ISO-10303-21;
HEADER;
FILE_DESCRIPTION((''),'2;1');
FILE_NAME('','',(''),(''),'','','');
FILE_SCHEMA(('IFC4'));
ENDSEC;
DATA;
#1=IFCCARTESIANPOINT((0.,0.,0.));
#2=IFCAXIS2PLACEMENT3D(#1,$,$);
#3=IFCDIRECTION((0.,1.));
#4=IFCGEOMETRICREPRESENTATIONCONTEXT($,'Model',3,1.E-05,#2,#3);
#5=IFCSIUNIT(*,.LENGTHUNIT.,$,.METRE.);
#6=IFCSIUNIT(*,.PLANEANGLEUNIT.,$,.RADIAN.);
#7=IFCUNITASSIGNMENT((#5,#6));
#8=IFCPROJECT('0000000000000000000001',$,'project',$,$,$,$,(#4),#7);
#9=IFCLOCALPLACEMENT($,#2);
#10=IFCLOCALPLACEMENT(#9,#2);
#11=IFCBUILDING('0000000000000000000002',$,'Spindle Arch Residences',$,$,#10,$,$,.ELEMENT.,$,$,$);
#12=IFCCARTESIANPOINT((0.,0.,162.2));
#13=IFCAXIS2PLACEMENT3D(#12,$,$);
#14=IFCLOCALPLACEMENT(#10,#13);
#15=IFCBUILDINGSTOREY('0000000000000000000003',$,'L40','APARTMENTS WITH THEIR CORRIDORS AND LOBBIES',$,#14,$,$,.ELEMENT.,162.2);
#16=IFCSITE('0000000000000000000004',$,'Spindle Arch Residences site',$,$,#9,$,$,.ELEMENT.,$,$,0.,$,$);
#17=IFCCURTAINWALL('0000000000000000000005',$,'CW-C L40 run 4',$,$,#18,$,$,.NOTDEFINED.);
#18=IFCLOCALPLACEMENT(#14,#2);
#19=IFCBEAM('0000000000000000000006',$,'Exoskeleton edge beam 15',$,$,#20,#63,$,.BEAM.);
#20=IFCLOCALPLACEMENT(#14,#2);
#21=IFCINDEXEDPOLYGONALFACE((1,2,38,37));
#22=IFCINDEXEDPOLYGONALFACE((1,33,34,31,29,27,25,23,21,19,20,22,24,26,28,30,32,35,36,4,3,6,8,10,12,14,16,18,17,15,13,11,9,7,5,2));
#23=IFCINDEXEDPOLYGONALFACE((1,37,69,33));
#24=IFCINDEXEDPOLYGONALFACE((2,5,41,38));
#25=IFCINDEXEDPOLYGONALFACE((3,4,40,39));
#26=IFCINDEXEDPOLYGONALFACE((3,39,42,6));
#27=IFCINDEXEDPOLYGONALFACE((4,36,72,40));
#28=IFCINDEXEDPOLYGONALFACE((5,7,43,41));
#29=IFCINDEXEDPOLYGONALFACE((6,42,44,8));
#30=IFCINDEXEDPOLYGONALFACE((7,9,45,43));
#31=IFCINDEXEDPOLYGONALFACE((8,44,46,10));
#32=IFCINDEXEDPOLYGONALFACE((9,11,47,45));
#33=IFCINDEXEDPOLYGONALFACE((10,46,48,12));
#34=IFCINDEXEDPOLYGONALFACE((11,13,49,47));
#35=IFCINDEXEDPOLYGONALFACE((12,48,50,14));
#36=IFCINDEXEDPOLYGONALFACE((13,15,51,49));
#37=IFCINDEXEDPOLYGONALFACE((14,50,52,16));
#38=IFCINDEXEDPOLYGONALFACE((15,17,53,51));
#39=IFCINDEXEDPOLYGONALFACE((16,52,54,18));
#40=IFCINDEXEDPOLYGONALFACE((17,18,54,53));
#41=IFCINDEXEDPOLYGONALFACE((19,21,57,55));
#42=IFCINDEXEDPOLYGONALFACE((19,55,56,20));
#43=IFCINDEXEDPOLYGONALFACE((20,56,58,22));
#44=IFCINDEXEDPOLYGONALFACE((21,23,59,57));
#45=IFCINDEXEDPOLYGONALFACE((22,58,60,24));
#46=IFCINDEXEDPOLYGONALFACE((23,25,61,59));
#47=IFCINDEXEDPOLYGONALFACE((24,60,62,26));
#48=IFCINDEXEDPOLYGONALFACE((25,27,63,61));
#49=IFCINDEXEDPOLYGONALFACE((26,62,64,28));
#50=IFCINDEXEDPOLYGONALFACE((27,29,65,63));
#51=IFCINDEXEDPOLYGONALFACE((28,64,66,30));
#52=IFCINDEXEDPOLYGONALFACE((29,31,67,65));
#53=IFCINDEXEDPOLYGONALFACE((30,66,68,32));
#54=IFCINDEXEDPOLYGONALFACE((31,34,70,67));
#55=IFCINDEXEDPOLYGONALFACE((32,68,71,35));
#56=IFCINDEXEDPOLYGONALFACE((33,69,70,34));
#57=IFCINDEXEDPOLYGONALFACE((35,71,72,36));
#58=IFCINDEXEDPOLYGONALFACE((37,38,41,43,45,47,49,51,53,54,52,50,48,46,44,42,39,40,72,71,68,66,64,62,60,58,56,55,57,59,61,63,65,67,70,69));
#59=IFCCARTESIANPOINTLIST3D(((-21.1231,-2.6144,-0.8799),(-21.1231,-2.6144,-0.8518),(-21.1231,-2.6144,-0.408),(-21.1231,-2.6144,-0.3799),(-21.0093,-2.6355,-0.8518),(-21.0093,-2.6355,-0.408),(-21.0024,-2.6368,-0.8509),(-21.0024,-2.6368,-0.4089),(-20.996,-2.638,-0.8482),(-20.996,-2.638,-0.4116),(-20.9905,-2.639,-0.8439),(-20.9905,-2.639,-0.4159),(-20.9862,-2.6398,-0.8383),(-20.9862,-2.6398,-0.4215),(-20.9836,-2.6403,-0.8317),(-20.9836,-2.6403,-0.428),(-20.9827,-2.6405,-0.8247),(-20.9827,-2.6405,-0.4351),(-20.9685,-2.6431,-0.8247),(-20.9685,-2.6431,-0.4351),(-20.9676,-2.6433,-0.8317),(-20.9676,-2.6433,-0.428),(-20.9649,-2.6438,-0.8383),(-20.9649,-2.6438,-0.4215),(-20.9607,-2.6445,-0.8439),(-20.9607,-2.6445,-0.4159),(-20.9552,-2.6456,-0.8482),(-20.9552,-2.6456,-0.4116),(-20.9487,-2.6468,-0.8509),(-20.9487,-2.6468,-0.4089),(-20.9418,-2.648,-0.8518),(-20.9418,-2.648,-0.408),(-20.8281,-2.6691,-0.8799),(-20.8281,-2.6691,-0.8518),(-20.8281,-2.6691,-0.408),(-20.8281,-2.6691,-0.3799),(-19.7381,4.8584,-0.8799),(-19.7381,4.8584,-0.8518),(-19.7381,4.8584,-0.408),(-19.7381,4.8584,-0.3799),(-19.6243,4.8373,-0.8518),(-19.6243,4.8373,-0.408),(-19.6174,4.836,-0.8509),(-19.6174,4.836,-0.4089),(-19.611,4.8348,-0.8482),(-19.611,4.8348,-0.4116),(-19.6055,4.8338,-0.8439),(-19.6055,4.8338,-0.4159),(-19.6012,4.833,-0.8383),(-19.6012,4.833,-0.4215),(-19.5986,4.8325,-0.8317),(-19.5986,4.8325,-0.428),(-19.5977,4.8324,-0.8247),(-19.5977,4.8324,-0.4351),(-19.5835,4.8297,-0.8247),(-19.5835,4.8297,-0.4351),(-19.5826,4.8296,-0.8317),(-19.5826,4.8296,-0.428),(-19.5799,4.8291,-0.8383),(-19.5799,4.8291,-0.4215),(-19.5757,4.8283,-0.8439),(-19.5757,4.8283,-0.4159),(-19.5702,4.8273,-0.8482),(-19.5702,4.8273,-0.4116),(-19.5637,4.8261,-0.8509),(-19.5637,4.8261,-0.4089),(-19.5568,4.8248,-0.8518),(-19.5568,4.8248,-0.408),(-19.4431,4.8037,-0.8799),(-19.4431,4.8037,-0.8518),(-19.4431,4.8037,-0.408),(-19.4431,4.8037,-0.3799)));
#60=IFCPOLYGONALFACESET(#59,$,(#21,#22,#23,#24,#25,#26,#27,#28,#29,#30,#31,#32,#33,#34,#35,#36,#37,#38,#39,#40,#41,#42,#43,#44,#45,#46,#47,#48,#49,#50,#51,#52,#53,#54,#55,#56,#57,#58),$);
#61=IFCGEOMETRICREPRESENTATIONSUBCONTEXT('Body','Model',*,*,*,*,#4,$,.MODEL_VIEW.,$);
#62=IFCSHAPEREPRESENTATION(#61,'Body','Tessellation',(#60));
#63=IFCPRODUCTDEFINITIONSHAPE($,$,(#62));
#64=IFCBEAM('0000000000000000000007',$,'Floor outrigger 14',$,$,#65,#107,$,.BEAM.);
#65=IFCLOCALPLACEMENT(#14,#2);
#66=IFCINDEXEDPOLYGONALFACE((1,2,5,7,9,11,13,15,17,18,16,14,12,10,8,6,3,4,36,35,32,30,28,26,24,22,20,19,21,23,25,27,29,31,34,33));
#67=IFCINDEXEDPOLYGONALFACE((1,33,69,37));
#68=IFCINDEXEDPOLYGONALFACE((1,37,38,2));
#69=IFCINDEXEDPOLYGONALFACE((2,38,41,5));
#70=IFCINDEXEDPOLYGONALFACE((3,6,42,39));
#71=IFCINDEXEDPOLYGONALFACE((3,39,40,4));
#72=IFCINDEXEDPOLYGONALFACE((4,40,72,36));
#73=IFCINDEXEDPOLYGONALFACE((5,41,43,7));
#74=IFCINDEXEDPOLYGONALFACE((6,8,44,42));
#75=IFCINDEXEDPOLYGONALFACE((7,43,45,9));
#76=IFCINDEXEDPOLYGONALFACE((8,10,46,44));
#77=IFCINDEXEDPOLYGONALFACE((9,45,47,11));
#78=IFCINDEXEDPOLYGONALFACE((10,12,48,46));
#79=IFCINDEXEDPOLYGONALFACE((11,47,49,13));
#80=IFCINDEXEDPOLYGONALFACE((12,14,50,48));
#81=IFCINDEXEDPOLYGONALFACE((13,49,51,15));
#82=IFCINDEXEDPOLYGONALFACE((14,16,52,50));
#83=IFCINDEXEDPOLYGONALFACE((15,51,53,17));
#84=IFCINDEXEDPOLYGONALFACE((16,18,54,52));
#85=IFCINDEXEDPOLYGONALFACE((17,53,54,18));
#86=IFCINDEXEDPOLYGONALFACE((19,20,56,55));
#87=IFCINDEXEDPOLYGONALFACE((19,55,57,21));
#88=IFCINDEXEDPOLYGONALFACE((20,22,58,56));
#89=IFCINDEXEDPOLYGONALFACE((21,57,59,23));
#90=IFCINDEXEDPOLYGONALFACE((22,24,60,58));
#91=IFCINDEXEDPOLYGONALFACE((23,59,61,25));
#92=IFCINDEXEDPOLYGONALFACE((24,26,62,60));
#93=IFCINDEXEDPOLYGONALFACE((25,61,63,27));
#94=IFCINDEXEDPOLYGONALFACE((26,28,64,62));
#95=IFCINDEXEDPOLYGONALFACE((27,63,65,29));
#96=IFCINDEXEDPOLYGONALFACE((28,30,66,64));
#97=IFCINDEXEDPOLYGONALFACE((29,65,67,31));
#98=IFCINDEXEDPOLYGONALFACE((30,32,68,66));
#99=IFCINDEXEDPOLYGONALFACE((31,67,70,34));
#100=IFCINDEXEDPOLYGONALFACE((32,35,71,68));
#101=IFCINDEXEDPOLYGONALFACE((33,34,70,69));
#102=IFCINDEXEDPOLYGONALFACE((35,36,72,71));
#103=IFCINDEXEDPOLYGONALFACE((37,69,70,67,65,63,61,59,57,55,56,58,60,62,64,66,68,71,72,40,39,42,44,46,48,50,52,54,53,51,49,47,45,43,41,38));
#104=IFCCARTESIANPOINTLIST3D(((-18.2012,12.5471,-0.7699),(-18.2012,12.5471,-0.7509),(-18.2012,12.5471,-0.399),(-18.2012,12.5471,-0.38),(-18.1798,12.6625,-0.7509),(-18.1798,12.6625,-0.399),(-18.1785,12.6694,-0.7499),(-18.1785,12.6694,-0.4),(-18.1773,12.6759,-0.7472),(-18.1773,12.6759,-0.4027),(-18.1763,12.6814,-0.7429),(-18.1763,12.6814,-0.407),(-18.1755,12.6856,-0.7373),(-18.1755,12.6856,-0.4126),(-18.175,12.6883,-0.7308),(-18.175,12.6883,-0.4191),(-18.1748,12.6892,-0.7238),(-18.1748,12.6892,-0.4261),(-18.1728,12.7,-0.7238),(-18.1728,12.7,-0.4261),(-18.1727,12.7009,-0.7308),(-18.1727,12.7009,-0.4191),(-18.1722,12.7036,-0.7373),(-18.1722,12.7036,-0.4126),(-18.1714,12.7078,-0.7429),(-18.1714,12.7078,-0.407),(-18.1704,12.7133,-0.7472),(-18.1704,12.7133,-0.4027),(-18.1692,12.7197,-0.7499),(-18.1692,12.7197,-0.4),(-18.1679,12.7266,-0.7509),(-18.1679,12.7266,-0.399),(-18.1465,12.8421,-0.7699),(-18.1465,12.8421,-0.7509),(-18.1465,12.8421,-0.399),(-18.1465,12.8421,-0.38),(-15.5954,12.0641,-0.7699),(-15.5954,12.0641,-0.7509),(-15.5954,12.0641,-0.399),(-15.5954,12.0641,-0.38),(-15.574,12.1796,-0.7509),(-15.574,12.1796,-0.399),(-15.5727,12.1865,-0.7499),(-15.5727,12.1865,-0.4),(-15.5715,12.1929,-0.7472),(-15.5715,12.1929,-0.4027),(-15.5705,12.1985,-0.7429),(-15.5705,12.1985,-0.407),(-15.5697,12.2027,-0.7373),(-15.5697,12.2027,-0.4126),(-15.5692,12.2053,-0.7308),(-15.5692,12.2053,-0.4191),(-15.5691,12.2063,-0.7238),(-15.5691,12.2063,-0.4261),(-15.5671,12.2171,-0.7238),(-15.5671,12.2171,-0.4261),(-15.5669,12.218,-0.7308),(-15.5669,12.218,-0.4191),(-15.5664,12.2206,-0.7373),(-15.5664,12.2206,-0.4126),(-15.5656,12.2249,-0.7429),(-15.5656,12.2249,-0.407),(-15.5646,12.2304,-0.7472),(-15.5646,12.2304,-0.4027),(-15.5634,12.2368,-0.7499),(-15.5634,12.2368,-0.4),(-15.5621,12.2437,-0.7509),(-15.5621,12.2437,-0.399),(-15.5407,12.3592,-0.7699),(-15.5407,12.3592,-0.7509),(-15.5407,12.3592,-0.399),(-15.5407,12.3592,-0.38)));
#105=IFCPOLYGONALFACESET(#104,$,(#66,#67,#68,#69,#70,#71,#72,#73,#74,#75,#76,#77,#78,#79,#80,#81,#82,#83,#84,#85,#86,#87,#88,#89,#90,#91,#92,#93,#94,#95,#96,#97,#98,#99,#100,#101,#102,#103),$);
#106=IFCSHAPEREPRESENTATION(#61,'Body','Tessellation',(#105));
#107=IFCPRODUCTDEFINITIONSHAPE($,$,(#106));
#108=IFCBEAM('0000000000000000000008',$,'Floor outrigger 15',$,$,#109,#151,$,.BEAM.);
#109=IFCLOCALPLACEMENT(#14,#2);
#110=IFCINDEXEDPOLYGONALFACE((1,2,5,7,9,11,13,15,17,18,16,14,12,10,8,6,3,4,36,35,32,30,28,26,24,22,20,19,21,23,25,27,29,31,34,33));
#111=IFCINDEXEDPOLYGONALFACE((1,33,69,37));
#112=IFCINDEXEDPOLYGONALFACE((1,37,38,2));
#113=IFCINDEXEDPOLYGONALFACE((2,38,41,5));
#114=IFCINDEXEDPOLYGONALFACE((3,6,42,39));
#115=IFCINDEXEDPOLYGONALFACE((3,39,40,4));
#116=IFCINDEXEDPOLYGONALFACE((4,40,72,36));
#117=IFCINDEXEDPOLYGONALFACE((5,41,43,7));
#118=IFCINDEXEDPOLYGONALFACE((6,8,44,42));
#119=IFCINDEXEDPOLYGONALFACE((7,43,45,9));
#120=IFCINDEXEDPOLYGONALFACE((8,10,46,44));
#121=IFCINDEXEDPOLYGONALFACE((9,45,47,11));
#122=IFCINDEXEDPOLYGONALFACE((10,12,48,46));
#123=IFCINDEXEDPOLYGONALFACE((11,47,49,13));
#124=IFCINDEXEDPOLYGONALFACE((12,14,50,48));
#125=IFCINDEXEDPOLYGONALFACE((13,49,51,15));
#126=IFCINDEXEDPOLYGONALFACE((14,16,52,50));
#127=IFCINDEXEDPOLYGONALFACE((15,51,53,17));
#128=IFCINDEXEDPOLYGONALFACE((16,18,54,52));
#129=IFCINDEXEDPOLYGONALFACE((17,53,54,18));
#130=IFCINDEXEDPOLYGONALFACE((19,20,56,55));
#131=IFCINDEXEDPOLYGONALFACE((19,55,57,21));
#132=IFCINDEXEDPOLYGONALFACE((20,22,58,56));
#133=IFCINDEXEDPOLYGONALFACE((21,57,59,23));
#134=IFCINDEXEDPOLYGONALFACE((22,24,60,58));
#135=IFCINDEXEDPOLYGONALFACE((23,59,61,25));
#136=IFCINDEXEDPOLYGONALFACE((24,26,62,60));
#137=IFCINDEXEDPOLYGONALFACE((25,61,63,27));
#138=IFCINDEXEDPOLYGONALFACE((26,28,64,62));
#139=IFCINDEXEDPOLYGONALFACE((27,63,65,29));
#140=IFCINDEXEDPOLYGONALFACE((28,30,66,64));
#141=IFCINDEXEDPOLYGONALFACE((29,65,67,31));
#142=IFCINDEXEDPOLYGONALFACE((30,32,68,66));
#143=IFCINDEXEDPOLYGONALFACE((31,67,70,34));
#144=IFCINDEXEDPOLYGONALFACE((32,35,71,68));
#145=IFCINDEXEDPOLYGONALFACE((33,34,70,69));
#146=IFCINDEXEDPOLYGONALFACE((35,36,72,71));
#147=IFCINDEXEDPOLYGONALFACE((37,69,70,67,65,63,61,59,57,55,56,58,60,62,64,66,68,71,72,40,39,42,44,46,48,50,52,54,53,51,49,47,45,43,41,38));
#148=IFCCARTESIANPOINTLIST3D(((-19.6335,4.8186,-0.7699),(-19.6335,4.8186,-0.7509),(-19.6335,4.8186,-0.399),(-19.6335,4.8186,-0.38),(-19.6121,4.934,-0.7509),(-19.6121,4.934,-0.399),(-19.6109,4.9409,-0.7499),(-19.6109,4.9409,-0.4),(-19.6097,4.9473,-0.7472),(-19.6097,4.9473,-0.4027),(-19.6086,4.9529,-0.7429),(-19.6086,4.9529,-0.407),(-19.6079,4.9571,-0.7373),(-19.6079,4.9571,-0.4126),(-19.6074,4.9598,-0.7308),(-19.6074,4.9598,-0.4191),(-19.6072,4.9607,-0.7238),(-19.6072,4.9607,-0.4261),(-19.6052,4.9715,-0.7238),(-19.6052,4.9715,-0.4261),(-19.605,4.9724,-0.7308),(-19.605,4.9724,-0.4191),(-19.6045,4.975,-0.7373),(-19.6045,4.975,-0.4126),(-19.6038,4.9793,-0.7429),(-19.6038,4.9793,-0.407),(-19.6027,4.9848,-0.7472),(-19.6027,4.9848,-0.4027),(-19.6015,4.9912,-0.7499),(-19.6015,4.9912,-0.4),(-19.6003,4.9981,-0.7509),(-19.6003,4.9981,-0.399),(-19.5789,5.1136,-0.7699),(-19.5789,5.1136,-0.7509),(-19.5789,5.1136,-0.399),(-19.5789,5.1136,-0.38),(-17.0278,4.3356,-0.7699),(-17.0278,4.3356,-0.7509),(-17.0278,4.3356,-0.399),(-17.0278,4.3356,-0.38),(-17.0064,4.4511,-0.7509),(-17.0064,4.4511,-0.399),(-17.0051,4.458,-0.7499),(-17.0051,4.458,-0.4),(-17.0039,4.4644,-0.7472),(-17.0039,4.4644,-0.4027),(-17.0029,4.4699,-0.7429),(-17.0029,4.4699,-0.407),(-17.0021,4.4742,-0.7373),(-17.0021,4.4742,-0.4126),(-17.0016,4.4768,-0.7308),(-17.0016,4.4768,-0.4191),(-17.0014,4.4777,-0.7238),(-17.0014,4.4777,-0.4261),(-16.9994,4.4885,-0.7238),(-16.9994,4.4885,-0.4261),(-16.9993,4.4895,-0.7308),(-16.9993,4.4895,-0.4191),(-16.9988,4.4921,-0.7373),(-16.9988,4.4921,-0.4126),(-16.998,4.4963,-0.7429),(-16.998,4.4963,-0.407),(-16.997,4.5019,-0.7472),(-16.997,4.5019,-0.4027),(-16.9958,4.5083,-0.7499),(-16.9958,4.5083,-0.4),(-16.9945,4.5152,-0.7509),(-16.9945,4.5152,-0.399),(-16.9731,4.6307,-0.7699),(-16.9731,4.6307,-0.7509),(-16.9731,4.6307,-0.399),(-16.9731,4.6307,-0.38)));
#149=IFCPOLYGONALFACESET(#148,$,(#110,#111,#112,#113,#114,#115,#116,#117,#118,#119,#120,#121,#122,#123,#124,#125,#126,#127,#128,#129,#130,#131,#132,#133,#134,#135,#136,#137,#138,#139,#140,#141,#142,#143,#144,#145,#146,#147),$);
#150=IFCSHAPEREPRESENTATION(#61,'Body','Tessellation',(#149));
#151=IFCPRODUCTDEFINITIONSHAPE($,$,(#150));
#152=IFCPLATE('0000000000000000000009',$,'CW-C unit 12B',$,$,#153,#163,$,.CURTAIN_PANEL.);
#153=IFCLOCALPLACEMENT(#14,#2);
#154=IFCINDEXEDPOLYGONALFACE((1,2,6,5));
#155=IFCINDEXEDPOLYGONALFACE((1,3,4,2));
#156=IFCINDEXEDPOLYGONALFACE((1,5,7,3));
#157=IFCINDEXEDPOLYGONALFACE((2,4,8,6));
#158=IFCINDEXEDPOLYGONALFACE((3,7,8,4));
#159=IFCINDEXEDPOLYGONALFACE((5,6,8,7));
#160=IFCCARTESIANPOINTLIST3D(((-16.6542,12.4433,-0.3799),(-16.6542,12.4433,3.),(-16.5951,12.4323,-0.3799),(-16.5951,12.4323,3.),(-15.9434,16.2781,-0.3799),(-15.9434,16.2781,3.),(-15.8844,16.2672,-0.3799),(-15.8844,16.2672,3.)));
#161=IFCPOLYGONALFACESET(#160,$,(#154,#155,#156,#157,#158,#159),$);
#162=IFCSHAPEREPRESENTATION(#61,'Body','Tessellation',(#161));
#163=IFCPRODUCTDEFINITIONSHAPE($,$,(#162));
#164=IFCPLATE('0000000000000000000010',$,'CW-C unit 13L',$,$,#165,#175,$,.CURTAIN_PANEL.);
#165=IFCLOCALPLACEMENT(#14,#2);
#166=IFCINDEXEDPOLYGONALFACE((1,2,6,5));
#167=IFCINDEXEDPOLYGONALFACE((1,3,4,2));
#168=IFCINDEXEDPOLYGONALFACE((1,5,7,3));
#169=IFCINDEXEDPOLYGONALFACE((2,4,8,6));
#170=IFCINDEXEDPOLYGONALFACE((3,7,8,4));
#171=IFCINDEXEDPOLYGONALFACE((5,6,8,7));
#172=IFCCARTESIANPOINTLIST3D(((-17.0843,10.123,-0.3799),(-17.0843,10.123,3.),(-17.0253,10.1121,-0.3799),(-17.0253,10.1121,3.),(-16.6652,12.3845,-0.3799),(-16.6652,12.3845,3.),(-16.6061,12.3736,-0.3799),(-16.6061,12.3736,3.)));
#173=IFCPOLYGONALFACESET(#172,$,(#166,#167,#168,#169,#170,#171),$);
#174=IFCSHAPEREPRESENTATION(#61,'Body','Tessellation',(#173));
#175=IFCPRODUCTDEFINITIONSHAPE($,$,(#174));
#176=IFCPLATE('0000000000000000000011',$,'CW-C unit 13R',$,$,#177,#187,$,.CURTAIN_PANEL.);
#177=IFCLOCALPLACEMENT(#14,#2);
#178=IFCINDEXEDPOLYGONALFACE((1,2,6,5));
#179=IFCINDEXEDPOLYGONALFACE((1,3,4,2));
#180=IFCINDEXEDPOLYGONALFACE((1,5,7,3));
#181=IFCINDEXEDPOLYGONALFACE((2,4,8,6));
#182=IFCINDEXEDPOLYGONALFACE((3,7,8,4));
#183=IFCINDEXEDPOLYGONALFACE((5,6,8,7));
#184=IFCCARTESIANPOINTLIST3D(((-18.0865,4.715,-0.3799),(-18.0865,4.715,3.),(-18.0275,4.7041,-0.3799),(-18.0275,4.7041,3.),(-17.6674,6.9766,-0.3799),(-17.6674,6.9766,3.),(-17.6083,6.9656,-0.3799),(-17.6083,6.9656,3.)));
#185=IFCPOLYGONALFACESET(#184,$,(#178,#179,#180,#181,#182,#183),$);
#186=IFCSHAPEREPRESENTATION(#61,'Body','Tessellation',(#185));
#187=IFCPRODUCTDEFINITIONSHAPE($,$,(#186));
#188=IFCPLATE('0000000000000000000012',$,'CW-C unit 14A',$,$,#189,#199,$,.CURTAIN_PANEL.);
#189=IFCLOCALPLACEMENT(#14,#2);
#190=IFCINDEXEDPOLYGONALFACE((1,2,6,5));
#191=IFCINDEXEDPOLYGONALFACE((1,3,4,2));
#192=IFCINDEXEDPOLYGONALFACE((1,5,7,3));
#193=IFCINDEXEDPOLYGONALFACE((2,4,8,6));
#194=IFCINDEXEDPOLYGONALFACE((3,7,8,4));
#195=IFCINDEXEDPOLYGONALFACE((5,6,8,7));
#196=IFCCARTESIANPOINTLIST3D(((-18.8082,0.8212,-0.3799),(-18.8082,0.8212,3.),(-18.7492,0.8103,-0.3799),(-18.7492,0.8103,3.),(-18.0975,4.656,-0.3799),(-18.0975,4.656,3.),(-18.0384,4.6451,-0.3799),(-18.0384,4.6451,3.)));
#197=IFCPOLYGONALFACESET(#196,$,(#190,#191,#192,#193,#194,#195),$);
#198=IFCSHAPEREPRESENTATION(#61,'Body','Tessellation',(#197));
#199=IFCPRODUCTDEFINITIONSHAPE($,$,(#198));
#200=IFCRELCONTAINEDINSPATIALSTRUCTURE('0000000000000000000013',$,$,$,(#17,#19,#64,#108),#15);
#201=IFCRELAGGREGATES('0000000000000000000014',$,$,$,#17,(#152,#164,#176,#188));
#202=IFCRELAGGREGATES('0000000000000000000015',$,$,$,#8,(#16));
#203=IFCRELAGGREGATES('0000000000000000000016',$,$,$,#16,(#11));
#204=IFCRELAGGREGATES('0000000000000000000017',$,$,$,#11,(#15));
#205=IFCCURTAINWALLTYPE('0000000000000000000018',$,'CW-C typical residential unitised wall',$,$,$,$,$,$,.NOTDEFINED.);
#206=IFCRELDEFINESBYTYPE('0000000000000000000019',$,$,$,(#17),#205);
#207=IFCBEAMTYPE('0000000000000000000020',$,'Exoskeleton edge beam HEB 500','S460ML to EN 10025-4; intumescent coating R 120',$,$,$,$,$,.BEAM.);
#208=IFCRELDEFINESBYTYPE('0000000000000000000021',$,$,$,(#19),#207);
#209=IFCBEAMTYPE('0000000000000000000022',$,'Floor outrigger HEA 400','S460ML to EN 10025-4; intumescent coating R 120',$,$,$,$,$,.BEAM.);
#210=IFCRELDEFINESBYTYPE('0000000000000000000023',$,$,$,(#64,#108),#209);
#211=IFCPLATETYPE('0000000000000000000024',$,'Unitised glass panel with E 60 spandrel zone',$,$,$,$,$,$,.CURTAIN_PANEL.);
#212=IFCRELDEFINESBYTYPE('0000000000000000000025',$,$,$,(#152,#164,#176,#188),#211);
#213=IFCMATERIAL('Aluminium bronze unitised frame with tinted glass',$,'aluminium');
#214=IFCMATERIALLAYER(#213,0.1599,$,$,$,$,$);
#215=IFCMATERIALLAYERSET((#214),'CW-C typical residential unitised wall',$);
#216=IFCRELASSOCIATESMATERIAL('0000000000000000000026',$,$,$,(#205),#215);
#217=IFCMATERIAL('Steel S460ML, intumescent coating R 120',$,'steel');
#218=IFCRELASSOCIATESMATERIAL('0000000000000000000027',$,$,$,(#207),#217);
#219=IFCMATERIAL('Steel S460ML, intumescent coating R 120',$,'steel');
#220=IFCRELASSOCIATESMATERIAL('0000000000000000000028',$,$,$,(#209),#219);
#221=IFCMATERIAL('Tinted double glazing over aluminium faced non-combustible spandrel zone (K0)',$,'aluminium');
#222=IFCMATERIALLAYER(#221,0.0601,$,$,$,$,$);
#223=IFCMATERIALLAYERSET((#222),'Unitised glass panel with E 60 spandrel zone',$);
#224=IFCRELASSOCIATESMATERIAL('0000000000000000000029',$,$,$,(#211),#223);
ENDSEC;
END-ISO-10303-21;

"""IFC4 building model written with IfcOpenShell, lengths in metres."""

from ifc_helpers import new_model, si_unit, direction, frame, origin, origin_2d, place, context, subcontext, project, spatial, rectangle, i_section, extrude, material, layer, layer_set, material_profile, profile_set, type_object, element, aggregate, save


model = new_model("IFC4")

# Units and contexts
model_context = context("Model", 3, precision=1e-05, world=origin(), true_north=direction((0.0, 1.0)))
body_context = subcontext(model_context, "Body", "Model", "MODEL_VIEW")
ifc_project = project(units=[si_unit("LENGTHUNIT", "METRE"), si_unit("PLANEANGLEUNIT", "RADIAN")], contexts=[model_context])

# Site, building, storey
site_placement = place(None, origin())
site = spatial("IfcSite", under=ifc_project, at=site_placement, Name="Spindle Arch Residences site", CompositionType="ELEMENT", RefElevation=0.0)
building_placement = place(site_placement, origin())
building = spatial("IfcBuilding", under=site, at=building_placement, Name="Spindle Arch Residences", CompositionType="ELEMENT")
storey_placement = place(building_placement, frame((0.0, 0.0, 162.2)))
storey = spatial("IfcBuildingStorey", under=building, at=storey_placement, Name="L40", Description="APARTMENTS WITH THEIR CORRIDORS AND LOBBIES", CompositionType="ELEMENT", Elevation=162.2)

# Curtain wall
ifc_material_1 = material(Name="Aluminium bronze unitised frame with tinted glass", Category="aluminium")
ifc_layer_1 = layer(ifc_material_1, 0.1599)
ifc_layer_set_1 = layer_set([ifc_layer_1], Name="CW-C typical residential unitised wall")
curtain_wall_type = type_object("IfcCurtainWallType", Name="CW-C typical residential unitised wall", PredefinedType="NOTDEFINED", material=ifc_layer_set_1)
curtain_wall_placement = place(storey_placement, origin())
curtain_wall = element("IfcCurtainWall", 1, at=curtain_wall_placement, inside=storey, type_object=curtain_wall_type, Name="CW-C L40 run 4", PredefinedType="NOTDEFINED")

# Beams
ifc_material_2 = material(Name="Steel S460ML, intumescent coating R 120", Category="steel")
ifc_material_profile_1 = material_profile(ifc_material_2, i_section(OverallWidth=0.3, OverallDepth=0.5, WebThickness=0.0144, FlangeThickness=0.0281, FilletRadius=0.0271, at=origin_2d()), Name="HEB 500")
ifc_profile_set_1 = profile_set([ifc_material_profile_1], Name="Steel S460ML, intumescent coating R 120")
beam_type_1 = type_object("IfcBeamType", Name="Exoskeleton edge beam HEB 500", Description="S460ML to EN 10025-4; intumescent coating R 120", PredefinedType="BEAM", material=ifc_profile_set_1)
for number, where, z_axis, x_axis, name in (
    (2, (-19.5906, 4.8311, -0.6299), (-0.182234, -0.983255, 0.0), (0.983255, -0.182234, 0.0), "Exoskeleton edge beam 15"),
):
    element("IfcBeam", number, at=place(storey_placement, frame(where, z_axis=z_axis, x_axis=x_axis)), inside=storey, type_object=beam_type_1, Name=name, PredefinedType="BEAM", context=body_context, shape_type="SweptSolid", body=[
        extrude(i_section(OverallWidth=0.3, OverallDepth=0.5, WebThickness=0.0144, FlangeThickness=0.0281, FilletRadius=0.0271, at=origin_2d()), origin(), (0.0, 0.0, 1.0), 7.6001),
    ])
ifc_material_3 = material(Name="Steel S460ML, intumescent coating R 120", Category="steel")
ifc_material_profile_2 = material_profile(ifc_material_3, i_section(OverallWidth=0.3, OverallDepth=0.3899, WebThickness=0.011, FlangeThickness=0.019, FilletRadius=0.0271, at=origin_2d()), Name="HEA 400")
ifc_profile_set_2 = profile_set([ifc_material_profile_2], Name="Steel S460ML, intumescent coating R 120")
beam_type_2 = type_object("IfcBeamType", Name="Floor outrigger HEA 400", Description="S460ML to EN 10025-4; intumescent coating R 120", PredefinedType="BEAM", material=ifc_profile_set_2)
for number, where, z_axis, x_axis, name in (
    (3, (-18.1738, 12.6946, -0.575), (0.983257, -0.182225, 0.0), (0.182225, 0.983257, 0.0), "Floor outrigger 14"),
    (4, (-19.6062, 4.9661, -0.575), (0.983257, -0.182225, 0.0), (0.182225, 0.983257, 0.0), "Floor outrigger 15"),
):
    element("IfcBeam", number, at=place(storey_placement, frame(where, z_axis=z_axis, x_axis=x_axis)), inside=storey, type_object=beam_type_2, Name=name, PredefinedType="BEAM", context=body_context, shape_type="SweptSolid", body=[
        extrude(i_section(OverallWidth=0.3, OverallDepth=0.3899, WebThickness=0.011, FlangeThickness=0.019, FilletRadius=0.0271, at=origin_2d()), origin(), (0.0, 0.0, 1.0), 2.6501),
    ])

# Plates
ifc_material_4 = material(Name="Tinted double glazing over aluminium faced non-combustible spandrel zone (K0)", Category="aluminium")
ifc_layer_2 = layer(ifc_material_4, 0.0601)
ifc_layer_set_2 = layer_set([ifc_layer_2], Name="Unitised glass panel with E 60 spandrel zone")
plate_type = type_object("IfcPlateType", Name="Unitised glass panel with E 60 spandrel zone", PredefinedType="CURTAIN_PANEL", material=ifc_layer_set_2)
plate_1_placement = place(storey_placement, frame((-16.2693, 14.3552, -0.3799), z_axis=(0.0, 0.0, 1.0), x_axis=(-0.182236, -0.983255, 0.0)))
plate_1 = element("IfcPlate", 5, at=plate_1_placement, type_object=plate_type, Name="CW-C unit 12B", PredefinedType="CURTAIN_PANEL", context=body_context, shape_type="SweptSolid", body=[
    extrude(rectangle(XDim=3.9001, YDim=0.0601, at=origin_2d()), origin(), (0.0, 0.0, 1.0), 3.3799),
])
plate_2_placement = place(storey_placement, frame((-16.8452, 11.2483, -0.3799), z_axis=(0.0, 0.0, 1.0), x_axis=(-0.182236, -0.983255, 0.0)))
plate_2 = element("IfcPlate", 6, at=plate_2_placement, type_object=plate_type, Name="CW-C unit 13L", PredefinedType="CURTAIN_PANEL", context=body_context, shape_type="SweptSolid", body=[
    extrude(rectangle(XDim=2.3, YDim=0.0601, at=origin_2d()), origin(), (0.0, 0.0, 1.0), 3.3799),
])
plate_3_placement = place(storey_placement, frame((-17.8474, 5.8403, -0.3799), z_axis=(0.0, 0.0, 1.0), x_axis=(-0.182236, -0.983255, 0.0)))
plate_3 = element("IfcPlate", 7, at=plate_3_placement, type_object=plate_type, Name="CW-C unit 13R", PredefinedType="CURTAIN_PANEL", context=body_context, shape_type="SweptSolid", body=[
    extrude(rectangle(XDim=2.3, YDim=0.0601, at=origin_2d()), origin(), (0.0, 0.0, 1.0), 3.3799),
])
plate_4_placement = place(storey_placement, frame((-18.4233, 2.7332, -0.3799), z_axis=(0.0, 0.0, 1.0), x_axis=(-0.182236, -0.983255, 0.0)))
plate_4 = element("IfcPlate", 8, at=plate_4_placement, type_object=plate_type, Name="CW-C unit 14A", PredefinedType="CURTAIN_PANEL", context=body_context, shape_type="SweptSolid", body=[
    extrude(rectangle(XDim=3.9001, YDim=0.0601, at=origin_2d()), origin(), (0.0, 0.0, 1.0), 3.3799),
])
aggregate(curtain_wall, [plate_1, plate_2, plate_3, plate_4])

save(model, "model.ifc")
